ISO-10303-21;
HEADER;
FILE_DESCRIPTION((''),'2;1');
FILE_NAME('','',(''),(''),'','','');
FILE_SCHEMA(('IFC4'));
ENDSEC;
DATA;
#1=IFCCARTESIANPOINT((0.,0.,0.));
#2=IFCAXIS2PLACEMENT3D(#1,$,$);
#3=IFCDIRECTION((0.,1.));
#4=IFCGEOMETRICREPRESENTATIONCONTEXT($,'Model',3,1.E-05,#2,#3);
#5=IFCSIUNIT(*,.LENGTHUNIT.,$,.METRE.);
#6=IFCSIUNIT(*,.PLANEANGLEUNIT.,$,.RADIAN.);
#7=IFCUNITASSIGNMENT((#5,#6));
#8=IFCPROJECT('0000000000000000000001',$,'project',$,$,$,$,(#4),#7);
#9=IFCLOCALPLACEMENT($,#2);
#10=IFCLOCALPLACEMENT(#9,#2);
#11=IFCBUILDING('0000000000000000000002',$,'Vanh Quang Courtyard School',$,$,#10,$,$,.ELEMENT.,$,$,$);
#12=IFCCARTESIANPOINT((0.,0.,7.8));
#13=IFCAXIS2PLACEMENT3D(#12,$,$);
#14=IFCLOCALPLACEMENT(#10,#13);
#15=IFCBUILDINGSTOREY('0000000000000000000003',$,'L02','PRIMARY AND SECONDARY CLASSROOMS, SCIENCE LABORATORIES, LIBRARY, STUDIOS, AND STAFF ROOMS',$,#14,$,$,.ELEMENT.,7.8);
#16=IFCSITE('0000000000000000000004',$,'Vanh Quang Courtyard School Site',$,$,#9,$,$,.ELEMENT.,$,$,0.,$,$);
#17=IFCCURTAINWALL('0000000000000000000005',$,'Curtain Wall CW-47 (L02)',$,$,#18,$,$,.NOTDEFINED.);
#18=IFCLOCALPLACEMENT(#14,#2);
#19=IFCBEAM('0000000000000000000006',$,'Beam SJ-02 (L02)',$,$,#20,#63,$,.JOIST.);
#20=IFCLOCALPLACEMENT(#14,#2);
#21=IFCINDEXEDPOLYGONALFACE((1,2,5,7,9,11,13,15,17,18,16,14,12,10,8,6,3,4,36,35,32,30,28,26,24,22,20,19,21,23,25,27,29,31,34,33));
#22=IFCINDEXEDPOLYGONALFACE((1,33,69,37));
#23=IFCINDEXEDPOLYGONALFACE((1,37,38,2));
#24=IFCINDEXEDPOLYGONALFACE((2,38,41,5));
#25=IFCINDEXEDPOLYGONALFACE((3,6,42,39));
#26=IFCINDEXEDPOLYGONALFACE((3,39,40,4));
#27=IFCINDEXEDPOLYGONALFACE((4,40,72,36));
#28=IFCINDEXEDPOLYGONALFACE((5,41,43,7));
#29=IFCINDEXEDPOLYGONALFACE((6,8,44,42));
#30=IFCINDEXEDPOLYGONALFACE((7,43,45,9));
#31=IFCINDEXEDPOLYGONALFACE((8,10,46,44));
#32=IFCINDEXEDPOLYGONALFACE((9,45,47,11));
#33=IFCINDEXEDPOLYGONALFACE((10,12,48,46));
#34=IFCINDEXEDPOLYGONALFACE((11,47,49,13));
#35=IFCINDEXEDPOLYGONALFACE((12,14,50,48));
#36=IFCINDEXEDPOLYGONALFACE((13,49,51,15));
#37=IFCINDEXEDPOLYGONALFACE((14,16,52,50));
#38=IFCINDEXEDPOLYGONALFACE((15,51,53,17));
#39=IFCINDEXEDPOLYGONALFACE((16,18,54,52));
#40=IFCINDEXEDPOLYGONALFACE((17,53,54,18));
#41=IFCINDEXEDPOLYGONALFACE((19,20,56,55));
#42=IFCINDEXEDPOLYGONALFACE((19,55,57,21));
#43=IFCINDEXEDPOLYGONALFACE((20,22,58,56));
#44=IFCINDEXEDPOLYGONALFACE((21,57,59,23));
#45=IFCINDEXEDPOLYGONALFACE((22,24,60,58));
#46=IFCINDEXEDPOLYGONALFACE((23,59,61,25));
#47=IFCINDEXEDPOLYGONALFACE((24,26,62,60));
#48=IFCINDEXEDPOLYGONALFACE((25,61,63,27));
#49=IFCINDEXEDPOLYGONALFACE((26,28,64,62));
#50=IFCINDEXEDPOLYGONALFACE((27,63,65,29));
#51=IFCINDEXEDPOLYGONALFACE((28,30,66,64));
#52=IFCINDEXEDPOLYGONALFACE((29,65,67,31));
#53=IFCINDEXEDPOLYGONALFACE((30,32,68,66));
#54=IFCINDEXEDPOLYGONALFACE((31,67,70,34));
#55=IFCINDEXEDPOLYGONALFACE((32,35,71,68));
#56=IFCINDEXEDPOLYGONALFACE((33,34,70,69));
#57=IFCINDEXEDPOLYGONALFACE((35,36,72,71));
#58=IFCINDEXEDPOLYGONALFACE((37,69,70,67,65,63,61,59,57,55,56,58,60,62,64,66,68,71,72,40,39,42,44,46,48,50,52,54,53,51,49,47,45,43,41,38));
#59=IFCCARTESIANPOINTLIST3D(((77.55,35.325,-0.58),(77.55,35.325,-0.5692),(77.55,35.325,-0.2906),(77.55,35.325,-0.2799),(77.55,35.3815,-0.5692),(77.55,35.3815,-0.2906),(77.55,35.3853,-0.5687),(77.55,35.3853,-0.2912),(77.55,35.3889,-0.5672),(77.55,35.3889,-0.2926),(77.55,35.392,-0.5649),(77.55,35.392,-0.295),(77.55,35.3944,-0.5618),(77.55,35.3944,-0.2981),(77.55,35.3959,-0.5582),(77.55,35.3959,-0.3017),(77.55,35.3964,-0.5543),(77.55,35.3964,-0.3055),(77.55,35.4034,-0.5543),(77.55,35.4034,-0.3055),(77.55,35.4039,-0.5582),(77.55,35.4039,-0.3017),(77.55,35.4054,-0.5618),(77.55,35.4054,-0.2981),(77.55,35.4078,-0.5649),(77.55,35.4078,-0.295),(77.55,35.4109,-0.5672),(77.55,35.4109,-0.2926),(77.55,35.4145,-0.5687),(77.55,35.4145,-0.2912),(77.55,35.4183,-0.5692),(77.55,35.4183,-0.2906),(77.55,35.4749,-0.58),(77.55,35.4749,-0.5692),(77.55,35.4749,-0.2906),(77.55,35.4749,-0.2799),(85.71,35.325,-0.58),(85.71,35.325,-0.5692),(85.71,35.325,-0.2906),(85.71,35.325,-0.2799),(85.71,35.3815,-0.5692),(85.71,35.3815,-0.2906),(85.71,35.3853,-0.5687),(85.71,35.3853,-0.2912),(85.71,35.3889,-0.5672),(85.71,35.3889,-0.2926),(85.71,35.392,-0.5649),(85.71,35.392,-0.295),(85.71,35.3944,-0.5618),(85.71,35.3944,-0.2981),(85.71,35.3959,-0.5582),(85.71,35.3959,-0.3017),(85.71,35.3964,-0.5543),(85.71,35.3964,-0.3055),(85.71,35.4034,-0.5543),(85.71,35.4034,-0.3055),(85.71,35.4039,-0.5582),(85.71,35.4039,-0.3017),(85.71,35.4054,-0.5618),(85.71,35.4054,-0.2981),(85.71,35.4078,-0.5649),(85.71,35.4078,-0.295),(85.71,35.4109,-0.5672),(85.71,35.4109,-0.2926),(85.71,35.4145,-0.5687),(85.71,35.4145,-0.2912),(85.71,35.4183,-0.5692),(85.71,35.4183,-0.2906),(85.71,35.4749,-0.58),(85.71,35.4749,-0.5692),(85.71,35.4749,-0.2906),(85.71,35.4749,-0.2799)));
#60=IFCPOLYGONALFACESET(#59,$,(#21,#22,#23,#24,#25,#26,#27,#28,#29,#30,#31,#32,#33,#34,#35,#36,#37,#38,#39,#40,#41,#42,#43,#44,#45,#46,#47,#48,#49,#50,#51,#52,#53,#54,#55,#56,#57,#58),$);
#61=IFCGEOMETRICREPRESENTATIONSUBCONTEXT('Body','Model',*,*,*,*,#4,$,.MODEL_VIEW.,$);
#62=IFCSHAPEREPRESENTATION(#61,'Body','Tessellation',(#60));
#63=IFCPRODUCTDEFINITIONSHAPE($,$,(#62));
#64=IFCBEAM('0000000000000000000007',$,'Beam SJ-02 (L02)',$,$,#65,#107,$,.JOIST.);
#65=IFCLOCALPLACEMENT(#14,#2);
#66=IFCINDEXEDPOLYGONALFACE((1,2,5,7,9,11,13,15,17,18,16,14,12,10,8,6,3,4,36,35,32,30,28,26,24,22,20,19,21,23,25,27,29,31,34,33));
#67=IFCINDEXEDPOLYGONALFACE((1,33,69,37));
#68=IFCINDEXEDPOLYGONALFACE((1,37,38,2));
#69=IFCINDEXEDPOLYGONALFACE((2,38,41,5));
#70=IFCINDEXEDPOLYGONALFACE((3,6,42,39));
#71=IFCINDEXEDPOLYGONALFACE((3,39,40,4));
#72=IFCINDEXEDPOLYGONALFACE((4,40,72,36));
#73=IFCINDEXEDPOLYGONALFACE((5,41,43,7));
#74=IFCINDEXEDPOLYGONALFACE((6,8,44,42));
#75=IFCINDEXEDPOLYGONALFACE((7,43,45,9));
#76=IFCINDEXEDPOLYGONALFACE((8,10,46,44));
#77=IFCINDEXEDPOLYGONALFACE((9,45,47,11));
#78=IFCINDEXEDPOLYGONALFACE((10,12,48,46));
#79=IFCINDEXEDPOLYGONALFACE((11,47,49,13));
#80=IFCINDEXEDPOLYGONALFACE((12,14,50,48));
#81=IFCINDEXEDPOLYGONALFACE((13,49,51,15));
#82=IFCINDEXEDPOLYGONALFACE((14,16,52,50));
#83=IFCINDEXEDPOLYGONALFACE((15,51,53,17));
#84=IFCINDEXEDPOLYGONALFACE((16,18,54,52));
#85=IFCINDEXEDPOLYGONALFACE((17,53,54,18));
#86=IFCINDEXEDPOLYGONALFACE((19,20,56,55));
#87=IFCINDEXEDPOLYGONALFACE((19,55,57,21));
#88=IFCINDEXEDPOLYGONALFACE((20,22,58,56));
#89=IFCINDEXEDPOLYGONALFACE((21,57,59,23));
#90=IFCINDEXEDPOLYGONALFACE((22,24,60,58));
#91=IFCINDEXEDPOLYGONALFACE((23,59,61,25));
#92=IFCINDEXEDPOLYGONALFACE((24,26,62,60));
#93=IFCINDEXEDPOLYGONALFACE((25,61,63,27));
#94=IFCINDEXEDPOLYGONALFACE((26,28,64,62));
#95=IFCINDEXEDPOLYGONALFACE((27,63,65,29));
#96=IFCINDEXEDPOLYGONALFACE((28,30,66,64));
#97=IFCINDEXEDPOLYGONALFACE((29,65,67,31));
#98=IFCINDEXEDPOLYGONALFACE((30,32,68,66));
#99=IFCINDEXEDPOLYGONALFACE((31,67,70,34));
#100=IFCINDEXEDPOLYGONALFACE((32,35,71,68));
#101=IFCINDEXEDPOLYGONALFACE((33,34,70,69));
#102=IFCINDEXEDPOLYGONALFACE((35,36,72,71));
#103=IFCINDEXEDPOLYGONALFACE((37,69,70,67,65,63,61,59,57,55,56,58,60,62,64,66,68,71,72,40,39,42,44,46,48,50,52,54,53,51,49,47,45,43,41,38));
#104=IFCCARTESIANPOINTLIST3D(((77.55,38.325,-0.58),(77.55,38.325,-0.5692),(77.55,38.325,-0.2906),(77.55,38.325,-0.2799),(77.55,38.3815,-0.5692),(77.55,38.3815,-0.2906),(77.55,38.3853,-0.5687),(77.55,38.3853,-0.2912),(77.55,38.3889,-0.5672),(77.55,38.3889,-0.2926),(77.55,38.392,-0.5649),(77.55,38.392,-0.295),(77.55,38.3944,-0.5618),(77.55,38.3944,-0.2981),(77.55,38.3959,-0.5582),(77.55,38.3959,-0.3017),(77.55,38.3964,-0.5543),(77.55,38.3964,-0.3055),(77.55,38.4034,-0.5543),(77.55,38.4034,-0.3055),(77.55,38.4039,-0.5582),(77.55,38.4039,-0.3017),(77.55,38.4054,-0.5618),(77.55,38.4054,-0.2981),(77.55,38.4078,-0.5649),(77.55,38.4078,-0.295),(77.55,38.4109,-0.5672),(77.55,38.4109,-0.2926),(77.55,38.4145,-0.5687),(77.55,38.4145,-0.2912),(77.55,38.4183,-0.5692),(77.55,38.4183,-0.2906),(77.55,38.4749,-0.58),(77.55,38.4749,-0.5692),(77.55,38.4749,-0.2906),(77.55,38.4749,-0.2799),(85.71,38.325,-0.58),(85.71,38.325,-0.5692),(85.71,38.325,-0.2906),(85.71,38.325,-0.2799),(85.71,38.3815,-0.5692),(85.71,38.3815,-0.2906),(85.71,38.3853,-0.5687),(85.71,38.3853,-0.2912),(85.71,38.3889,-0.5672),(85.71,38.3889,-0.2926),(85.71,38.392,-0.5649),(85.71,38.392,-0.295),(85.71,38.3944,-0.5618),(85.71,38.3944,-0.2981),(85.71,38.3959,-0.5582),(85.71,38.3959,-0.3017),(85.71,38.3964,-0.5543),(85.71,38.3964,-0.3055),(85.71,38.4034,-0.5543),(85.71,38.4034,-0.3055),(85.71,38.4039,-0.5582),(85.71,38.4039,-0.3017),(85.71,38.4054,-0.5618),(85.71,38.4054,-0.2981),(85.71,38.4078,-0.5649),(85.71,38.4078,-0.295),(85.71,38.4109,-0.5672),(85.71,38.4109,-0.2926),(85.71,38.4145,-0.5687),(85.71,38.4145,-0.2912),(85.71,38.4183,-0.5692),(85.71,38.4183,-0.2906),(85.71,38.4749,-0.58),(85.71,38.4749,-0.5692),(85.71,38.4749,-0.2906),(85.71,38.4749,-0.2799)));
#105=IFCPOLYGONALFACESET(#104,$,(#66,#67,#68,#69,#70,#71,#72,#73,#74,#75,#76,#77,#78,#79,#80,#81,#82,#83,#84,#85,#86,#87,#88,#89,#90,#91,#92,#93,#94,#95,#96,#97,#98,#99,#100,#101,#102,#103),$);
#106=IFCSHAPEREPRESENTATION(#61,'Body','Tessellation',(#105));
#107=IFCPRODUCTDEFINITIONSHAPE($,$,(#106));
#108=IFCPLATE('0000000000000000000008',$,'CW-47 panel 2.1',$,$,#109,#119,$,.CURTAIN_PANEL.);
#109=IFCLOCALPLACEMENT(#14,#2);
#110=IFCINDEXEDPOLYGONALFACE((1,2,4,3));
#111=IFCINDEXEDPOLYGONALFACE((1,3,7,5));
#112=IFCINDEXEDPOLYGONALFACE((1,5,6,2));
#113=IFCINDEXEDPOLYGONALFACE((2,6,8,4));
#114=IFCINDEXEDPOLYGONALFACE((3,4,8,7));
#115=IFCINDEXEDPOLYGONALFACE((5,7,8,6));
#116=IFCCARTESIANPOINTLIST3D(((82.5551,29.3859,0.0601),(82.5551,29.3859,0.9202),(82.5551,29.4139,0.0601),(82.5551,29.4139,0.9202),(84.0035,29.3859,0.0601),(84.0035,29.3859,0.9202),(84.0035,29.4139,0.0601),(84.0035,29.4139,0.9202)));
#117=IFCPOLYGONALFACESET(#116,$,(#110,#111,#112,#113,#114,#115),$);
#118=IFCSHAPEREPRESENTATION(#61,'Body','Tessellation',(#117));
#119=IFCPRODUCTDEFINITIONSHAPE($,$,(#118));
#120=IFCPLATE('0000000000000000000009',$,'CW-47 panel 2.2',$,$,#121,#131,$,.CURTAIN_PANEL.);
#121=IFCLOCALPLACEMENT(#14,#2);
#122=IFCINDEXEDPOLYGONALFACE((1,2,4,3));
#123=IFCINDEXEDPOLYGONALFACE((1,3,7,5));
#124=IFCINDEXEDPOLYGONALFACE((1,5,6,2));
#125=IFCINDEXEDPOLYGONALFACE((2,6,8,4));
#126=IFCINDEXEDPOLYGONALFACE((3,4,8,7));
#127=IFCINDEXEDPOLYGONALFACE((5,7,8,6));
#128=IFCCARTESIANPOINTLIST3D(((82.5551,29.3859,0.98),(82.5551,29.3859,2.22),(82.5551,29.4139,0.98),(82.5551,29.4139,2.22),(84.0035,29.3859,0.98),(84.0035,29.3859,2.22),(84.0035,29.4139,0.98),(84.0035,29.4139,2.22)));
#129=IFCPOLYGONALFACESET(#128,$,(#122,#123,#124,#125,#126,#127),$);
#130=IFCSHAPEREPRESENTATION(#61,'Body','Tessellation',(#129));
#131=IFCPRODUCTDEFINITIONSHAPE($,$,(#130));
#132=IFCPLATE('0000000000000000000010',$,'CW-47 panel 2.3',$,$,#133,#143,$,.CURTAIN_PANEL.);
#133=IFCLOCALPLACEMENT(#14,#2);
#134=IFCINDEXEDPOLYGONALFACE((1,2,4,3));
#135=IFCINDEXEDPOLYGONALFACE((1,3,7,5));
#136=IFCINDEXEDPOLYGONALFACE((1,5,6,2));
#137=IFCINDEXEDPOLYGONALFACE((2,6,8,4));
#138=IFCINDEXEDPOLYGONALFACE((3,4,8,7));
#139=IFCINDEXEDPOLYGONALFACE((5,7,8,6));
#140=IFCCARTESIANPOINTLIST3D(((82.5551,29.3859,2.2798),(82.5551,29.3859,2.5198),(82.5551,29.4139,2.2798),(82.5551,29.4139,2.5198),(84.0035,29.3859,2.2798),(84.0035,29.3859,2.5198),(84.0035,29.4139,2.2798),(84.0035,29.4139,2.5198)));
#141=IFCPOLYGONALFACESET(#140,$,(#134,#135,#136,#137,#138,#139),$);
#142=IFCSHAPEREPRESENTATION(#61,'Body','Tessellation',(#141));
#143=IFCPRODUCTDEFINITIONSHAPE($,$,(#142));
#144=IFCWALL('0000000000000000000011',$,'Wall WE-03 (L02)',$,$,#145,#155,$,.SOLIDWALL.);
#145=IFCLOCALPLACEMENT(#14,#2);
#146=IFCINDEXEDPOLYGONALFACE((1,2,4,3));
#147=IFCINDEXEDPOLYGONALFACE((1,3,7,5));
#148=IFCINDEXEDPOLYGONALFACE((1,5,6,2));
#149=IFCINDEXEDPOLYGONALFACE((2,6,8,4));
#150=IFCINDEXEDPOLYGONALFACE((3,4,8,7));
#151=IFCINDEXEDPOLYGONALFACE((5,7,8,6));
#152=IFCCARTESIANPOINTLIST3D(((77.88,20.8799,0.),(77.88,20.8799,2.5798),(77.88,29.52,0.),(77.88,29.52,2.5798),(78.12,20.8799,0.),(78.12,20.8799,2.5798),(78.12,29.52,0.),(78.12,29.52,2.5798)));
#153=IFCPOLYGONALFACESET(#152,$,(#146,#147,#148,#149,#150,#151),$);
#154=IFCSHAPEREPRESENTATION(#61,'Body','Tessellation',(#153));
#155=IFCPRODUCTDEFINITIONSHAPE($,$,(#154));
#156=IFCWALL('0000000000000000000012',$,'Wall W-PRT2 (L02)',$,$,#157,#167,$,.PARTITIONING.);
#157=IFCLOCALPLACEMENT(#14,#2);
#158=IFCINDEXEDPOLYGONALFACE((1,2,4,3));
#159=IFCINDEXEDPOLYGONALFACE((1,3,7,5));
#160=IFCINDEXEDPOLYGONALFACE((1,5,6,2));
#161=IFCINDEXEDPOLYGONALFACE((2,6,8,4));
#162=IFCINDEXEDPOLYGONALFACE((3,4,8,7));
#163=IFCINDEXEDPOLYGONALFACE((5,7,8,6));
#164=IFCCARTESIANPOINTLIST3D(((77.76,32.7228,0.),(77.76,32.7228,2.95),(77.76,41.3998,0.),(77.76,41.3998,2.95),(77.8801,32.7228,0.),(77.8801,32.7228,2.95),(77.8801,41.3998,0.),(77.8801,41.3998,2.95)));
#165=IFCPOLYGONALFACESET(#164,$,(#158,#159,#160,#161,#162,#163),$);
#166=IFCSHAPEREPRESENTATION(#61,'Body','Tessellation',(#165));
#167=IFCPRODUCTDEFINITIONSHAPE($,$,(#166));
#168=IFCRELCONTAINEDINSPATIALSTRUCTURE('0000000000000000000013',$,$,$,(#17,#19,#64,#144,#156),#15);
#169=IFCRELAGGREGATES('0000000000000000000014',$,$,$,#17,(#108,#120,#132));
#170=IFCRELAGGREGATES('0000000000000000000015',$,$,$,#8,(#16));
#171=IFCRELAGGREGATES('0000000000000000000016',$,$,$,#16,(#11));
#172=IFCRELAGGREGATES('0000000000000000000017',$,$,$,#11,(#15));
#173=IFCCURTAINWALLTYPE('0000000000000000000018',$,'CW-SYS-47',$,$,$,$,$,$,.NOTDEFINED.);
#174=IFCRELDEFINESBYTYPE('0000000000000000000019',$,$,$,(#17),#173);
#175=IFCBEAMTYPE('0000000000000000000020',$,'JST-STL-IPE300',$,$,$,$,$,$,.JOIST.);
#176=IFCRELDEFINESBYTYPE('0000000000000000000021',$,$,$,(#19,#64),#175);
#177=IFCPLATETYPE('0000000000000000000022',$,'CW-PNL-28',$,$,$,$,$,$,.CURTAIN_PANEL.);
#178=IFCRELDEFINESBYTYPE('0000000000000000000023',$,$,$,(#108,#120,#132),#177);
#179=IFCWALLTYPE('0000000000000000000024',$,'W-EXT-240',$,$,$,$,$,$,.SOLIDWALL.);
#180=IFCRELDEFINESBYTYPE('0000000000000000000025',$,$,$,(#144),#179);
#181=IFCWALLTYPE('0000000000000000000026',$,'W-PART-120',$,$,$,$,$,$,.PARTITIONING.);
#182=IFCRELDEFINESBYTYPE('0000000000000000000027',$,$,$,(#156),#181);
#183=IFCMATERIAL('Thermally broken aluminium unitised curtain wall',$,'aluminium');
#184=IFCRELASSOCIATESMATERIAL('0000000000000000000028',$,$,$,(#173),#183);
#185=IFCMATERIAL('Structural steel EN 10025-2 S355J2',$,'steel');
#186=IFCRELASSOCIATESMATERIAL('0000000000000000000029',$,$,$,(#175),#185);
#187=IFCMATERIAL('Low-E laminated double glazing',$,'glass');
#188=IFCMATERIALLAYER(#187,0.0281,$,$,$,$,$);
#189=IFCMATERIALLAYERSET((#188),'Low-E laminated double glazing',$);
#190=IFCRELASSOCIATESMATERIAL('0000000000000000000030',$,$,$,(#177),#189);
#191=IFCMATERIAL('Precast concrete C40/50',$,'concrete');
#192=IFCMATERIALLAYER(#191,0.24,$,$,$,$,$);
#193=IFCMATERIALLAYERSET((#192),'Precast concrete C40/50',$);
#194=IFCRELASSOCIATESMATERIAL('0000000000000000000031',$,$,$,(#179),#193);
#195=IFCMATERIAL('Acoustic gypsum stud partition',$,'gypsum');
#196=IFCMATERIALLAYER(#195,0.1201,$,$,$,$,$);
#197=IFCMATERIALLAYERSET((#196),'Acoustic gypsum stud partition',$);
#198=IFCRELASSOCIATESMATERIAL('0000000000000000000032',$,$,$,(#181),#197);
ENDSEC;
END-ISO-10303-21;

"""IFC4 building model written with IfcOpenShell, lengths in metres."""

from ifc_helpers import new_model, si_unit, direction, frame, frame_2d, origin, origin_2d, place, context, subcontext, project, spatial, rectangle, i_section, extrude, material, layer, layer_set, material_profile, profile_set, type_object, element, aggregate, save


model = new_model("IFC4")

# Units and contexts
model_context = context("Model", 3, precision=1e-05, world=origin(), true_north=direction((0.0, 1.0)))
body_context = subcontext(model_context, "Body", "Model", "MODEL_VIEW")
ifc_project = project(units=[si_unit("LENGTHUNIT", "METRE"), si_unit("PLANEANGLEUNIT", "RADIAN")], contexts=[model_context])

# Site, building, storey
site_placement = place(None, origin())
site = spatial("IfcSite", under=ifc_project, at=site_placement, Name="Vanh Quang Courtyard School Site", CompositionType="ELEMENT", RefElevation=0.0)
building_placement = place(site_placement, origin())
building = spatial("IfcBuilding", under=site, at=building_placement, Name="Vanh Quang Courtyard School", CompositionType="ELEMENT")
storey_placement = place(building_placement, frame((0.0, 0.0, 7.8)))
storey = spatial("IfcBuildingStorey", under=building, at=storey_placement, Name="L02", Description="PRIMARY AND SECONDARY CLASSROOMS, SCIENCE LABORATORIES, LIBRARY, STUDIOS, AND STAFF ROOMS", CompositionType="ELEMENT", Elevation=7.8)

# Shared definitions
ifc_material_1 = material(Name="Structural steel EN 10025-2 S355J2", Category="steel")

# Curtain wall
ifc_material_2 = material(Name="Thermally broken aluminium unitised curtain wall", Category="aluminium")
curtain_wall_type = type_object("IfcCurtainWallType", Name="CW-SYS-47", PredefinedType="NOTDEFINED", material=ifc_material_2)
curtain_wall_placement = place(storey_placement, origin())
curtain_wall = element("IfcCurtainWall", 1, at=curtain_wall_placement, inside=storey, type_object=curtain_wall_type, Name="Curtain Wall CW-47 (L02)", PredefinedType="NOTDEFINED")

# Beams
ifc_material_profile_1 = material_profile(ifc_material_1, i_section(OverallWidth=0.1499, OverallDepth=0.3, WebThickness=0.0071, FlangeThickness=0.0107, FilletRadius=0.0149, at=origin_2d()), Name="IPE 300")
ifc_profile_set_1 = profile_set([ifc_material_profile_1], Name="Structural steel EN 10025-2 S355J2")
beam_type_1 = type_object("IfcBeamType", Name="JST-STL-IPE300", PredefinedType="JOIST", material=ifc_profile_set_1)
for number, where, z_axis, x_axis, name in (
    (2, (77.55, 35.3999, -0.4299), (1.0, 0.0, 0.0), (0.0, 1.0, 0.0), "Beam SJ-02 (L02)"),
    (3, (77.55, 38.3999, -0.4299), (1.0, 0.0, 0.0), (0.0, 1.0, 0.0), "Beam SJ-02 (L02)"),
):
    element("IfcBeam", number, at=place(storey_placement, frame(where, z_axis=z_axis, x_axis=x_axis)), inside=storey, type_object=beam_type_1, Name=name, PredefinedType="JOIST", context=body_context, shape_type="SweptSolid", body=[
        extrude(i_section(OverallWidth=0.1499, OverallDepth=0.3, WebThickness=0.0071, FlangeThickness=0.0107, FilletRadius=0.0149, at=origin_2d()), origin(), (0.0, 0.0, 1.0), 8.1599),
    ])

# Plates
ifc_material_3 = material(Name="Low-E laminated double glazing", Category="glass")
ifc_layer_1 = layer(ifc_material_3, 0.0281)
ifc_layer_set_1 = layer_set([ifc_layer_1], Name="Low-E laminated double glazing")
plate_type = type_object("IfcPlateType", Name="CW-PNL-28", PredefinedType="CURTAIN_PANEL", material=ifc_layer_set_1)
plate_1_placement = place(storey_placement, frame((83.2793, 29.3999, 0.0601), z_axis=(0.0, 0.0, 1.0), x_axis=(-1.0, 0.0, 0.0)))
plate_1 = element("IfcPlate", 4, at=plate_1_placement, type_object=plate_type, Name="CW-47 panel 2.1", PredefinedType="CURTAIN_PANEL", context=body_context, shape_type="SweptSolid", body=[
    extrude(rectangle(XDim=1.4485, YDim=0.0281, at=origin_2d()), origin(), (0.0, 0.0, 1.0), 0.8601),
])
plate_2_placement = place(storey_placement, frame((83.2793, 29.3999, 0.98), z_axis=(0.0, 0.0, 1.0), x_axis=(-1.0, 0.0, 0.0)))
plate_2 = element("IfcPlate", 5, at=plate_2_placement, type_object=plate_type, Name="CW-47 panel 2.2", PredefinedType="CURTAIN_PANEL", context=body_context, shape_type="SweptSolid", body=[
    extrude(rectangle(XDim=1.4485, YDim=0.0281, at=origin_2d()), origin(), (0.0, 0.0, 1.0), 1.24),
])
plate_3_placement = place(storey_placement, frame((83.2793, 29.3999, 2.2798), z_axis=(0.0, 0.0, 1.0), x_axis=(-1.0, 0.0, 0.0)))
plate_3 = element("IfcPlate", 6, at=plate_3_placement, type_object=plate_type, Name="CW-47 panel 2.3", PredefinedType="CURTAIN_PANEL", context=body_context, shape_type="SweptSolid", body=[
    extrude(rectangle(XDim=1.4485, YDim=0.0281, at=origin_2d()), origin(), (0.0, 0.0, 1.0), 0.24),
])
aggregate(curtain_wall, [plate_1, plate_2, plate_3])

# Walls
ifc_material_4 = material(Name="Precast concrete C40/50", Category="concrete")
ifc_layer_2 = layer(ifc_material_4, 0.24)
ifc_layer_set_2 = layer_set([ifc_layer_2], Name="Precast concrete C40/50")
wall_type_1 = type_object("IfcWallType", Name="W-EXT-240", PredefinedType="SOLIDWALL", material=ifc_layer_set_2)
wall_1_placement = place(storey_placement, frame((78.0, 29.52, 0.0), z_axis=(0.0, 0.0, 1.0), x_axis=(0.0, -1.0, 0.0)))
element("IfcWall", 7, at=wall_1_placement, inside=storey, type_object=wall_type_1, Name="Wall WE-03 (L02)", PredefinedType="SOLIDWALL", context=body_context, shape_type="SweptSolid", body=[
    extrude(rectangle(XDim=8.6401, YDim=0.24, at=frame_2d((4.3201, 0.0))), origin(), (0.0, 0.0, 1.0), 2.5798),
])
ifc_material_5 = material(Name="Acoustic gypsum stud partition", Category="gypsum")
ifc_layer_3 = layer(ifc_material_5, 0.1201)
ifc_layer_set_3 = layer_set([ifc_layer_3], Name="Acoustic gypsum stud partition")
wall_type_2 = type_object("IfcWallType", Name="W-PART-120", PredefinedType="PARTITIONING", material=ifc_layer_set_3)
wall_2_placement = place(storey_placement, frame((77.8201, 32.7229, 0.0), z_axis=(0.0, 0.0, 1.0), x_axis=(0.0, 1.0, 0.0)))
element("IfcWall", 8, at=wall_2_placement, inside=storey, type_object=wall_type_2, Name="Wall W-PRT2 (L02)", PredefinedType="PARTITIONING", context=body_context, shape_type="SweptSolid", body=[
    extrude(rectangle(XDim=8.677, YDim=0.1201, at=frame_2d((4.3384, 0.0))), origin(), (0.0, 0.0, 1.0), 2.95),
])

save(model, "model.ifc")
